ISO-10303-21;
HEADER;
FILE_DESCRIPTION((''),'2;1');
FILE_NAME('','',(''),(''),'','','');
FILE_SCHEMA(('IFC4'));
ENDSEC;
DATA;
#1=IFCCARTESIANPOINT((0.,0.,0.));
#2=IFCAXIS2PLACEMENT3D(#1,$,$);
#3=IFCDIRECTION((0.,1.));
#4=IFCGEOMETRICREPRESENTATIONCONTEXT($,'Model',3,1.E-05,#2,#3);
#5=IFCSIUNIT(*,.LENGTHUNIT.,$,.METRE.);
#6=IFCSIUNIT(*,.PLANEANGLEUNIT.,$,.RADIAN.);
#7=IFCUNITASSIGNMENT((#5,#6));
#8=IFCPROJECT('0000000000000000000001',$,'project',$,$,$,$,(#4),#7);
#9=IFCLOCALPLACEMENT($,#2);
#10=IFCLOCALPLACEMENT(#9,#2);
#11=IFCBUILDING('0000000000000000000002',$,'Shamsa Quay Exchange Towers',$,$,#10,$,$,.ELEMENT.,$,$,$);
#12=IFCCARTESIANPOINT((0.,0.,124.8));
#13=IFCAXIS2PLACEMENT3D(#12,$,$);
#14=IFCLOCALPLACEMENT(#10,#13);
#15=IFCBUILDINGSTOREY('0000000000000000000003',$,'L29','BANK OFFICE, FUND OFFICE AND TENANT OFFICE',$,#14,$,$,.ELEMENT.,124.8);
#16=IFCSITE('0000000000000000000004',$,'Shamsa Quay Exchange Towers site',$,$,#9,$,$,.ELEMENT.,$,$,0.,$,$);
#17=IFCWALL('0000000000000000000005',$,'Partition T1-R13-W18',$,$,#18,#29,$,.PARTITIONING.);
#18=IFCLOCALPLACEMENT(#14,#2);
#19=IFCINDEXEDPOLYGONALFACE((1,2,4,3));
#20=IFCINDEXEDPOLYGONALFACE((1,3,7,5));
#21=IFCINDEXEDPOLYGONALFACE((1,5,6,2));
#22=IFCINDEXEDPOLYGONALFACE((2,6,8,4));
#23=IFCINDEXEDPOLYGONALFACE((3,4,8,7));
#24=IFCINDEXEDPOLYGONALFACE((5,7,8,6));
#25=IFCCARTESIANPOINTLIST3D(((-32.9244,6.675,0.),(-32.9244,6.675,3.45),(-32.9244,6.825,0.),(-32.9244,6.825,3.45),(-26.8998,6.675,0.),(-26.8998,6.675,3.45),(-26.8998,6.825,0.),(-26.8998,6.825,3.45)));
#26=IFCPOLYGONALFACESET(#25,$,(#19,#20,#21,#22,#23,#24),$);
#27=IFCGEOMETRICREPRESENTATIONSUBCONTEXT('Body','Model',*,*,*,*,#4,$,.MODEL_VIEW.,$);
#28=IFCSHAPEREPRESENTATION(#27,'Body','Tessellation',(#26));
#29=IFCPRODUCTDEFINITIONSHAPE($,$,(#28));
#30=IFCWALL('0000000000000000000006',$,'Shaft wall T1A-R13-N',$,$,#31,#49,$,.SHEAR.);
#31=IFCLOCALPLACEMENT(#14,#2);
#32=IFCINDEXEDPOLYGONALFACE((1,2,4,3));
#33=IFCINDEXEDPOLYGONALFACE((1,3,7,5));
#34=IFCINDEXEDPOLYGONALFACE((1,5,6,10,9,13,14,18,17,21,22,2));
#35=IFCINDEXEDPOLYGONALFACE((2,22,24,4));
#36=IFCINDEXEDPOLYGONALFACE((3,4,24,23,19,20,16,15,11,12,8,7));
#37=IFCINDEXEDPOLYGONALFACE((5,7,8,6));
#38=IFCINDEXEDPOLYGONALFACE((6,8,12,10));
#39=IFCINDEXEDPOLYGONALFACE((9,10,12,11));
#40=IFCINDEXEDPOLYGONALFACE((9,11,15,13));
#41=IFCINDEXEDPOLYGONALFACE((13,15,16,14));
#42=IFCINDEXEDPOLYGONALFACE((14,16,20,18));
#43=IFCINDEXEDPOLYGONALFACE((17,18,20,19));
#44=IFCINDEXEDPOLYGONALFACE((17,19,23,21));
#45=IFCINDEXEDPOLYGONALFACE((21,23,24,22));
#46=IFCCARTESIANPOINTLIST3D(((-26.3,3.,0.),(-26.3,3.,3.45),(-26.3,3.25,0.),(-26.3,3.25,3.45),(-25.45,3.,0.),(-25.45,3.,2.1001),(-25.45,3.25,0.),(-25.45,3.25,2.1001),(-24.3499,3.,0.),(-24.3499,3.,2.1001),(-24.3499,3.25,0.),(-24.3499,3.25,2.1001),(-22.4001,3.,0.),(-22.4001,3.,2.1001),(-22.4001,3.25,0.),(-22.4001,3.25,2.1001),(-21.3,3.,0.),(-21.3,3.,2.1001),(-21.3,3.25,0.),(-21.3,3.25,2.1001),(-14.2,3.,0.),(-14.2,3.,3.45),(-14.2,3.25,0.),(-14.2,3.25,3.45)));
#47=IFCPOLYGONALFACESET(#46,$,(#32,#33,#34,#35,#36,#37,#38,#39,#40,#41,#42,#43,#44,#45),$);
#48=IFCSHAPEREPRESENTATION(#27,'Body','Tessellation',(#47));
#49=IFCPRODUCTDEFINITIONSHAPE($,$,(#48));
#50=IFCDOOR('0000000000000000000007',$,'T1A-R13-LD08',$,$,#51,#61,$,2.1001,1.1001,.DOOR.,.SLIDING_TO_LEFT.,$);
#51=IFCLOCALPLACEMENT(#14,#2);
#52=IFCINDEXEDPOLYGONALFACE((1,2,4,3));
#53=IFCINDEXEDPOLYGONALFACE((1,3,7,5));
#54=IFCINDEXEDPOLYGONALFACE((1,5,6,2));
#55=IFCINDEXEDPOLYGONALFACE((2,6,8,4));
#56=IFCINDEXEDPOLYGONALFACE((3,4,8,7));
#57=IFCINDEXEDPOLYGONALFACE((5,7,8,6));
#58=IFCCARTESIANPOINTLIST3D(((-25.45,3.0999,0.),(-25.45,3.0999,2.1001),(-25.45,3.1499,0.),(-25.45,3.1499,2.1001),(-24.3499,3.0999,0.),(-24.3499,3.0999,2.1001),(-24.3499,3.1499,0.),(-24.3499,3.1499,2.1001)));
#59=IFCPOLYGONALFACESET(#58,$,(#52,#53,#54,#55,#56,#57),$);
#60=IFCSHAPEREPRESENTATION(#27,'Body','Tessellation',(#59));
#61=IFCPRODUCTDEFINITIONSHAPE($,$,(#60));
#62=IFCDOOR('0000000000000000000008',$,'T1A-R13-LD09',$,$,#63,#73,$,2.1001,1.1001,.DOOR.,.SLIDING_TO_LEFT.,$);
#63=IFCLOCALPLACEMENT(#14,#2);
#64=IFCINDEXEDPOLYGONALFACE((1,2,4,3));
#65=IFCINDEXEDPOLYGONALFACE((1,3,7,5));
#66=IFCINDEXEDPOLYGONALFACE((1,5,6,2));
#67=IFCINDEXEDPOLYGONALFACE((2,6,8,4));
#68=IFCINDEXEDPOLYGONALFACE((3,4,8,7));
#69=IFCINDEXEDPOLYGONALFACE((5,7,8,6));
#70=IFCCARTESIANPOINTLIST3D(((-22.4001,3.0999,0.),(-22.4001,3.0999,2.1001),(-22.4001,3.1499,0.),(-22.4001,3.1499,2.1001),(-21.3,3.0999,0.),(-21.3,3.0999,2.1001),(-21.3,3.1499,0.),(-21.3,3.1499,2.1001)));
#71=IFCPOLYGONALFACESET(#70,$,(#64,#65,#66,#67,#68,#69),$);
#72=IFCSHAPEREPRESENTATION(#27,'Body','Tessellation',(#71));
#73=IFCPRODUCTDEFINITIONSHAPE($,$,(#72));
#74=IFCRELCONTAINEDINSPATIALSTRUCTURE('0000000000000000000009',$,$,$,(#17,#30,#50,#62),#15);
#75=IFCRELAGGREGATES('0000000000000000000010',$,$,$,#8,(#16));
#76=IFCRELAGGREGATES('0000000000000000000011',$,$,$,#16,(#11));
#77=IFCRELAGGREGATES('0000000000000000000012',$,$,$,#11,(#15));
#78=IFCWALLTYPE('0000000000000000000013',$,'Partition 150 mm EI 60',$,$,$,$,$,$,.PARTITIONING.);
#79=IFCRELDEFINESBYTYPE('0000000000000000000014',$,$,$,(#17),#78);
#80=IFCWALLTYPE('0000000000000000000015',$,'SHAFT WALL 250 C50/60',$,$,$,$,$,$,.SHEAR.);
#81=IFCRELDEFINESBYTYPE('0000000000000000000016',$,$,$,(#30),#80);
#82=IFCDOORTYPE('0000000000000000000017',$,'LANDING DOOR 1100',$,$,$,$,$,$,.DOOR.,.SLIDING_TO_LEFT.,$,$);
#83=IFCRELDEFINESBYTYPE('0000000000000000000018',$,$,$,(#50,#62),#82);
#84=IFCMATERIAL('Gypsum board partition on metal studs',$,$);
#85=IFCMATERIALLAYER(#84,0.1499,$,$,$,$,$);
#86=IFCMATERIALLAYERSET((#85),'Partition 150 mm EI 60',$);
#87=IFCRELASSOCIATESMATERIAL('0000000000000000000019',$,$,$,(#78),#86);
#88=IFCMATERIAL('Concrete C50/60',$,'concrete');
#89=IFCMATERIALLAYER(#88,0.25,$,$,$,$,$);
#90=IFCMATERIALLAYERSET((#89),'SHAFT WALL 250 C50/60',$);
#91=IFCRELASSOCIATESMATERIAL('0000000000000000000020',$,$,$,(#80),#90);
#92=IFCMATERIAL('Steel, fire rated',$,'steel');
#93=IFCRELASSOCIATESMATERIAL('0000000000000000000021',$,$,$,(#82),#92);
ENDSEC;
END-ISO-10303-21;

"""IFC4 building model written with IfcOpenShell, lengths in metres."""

from ifc_helpers import new_model, si_unit, direction, frame, frame_2d, origin, place, context, subcontext, project, spatial, rectangle, extrude, material, layer, layer_set, type_object, element, fill, save


model = new_model("IFC4")

# Units and contexts
model_context = context("Model", 3, precision=1e-05, world=origin(), true_north=direction((0.0, 1.0)))
body_context = subcontext(model_context, "Body", "Model", "MODEL_VIEW")
ifc_project = project(units=[si_unit("LENGTHUNIT", "METRE"), si_unit("PLANEANGLEUNIT", "RADIAN")], contexts=[model_context])

# Site, building, storey
site_placement = place(None, origin())
site = spatial("IfcSite", under=ifc_project, at=site_placement, Name="Shamsa Quay Exchange Towers site", CompositionType="ELEMENT", RefElevation=0.0)
building_placement = place(site_placement, origin())
building = spatial("IfcBuilding", under=site, at=building_placement, Name="Shamsa Quay Exchange Towers", CompositionType="ELEMENT")
storey_placement = place(building_placement, frame((0.0, 0.0, 124.8)))
storey = spatial("IfcBuildingStorey", under=building, at=storey_placement, Name="L29", Description="BANK OFFICE, FUND OFFICE AND TENANT OFFICE", CompositionType="ELEMENT", Elevation=124.8)

# Shared definitions
ifc_material_1 = material(Name="Steel, fire rated", Category="steel")

# Wall
ifc_material_2 = material(Name="Gypsum board partition on metal studs")
ifc_layer_1 = layer(ifc_material_2, 0.1499)
ifc_layer_set_1 = layer_set([ifc_layer_1], Name="Partition 150 mm EI 60")
wall_type_1 = type_object("IfcWallType", Name="Partition 150 mm EI 60", PredefinedType="PARTITIONING", material=ifc_layer_set_1)
wall_1_placement = place(storey_placement, frame((-26.8999, 6.75, 0.0), z_axis=(0.0, 0.0, 1.0), x_axis=(-1.0, 0.0, 0.0)))
element("IfcWall", 1, at=wall_1_placement, inside=storey, type_object=wall_type_1, Name="Partition T1-R13-W18", PredefinedType="PARTITIONING", context=body_context, shape_type="SweptSolid", body=[
    extrude(rectangle(XDim=6.0247, YDim=0.1499, at=frame_2d((3.0122, 0.0))), origin(), (0.0, 0.0, 1.0), 3.45),
])

# Wall, openings, doors
ifc_material_3 = material(Name="Concrete C50/60", Category="concrete")
ifc_layer_2 = layer(ifc_material_3, 0.25)
ifc_layer_set_2 = layer_set([ifc_layer_2], Name="SHAFT WALL 250 C50/60")
wall_type_2 = type_object("IfcWallType", Name="SHAFT WALL 250 C50/60", PredefinedType="SHEAR", material=ifc_layer_set_2)
wall_2_placement = place(storey_placement, frame((-26.3, 3.125, 0.0)))
wall_2 = element("IfcWall", 2, at=wall_2_placement, inside=storey, type_object=wall_type_2, Name="Shaft wall T1A-R13-N", PredefinedType="SHEAR", context=body_context, shape_type="SweptSolid", body=[
    extrude(rectangle(XDim=12.1001, YDim=0.25, at=frame_2d((6.05, 0.0))), origin(), (0.0, 0.0, 1.0), 3.45),
])
opening_1_placement = place(wall_2_placement, frame((0.8501, 0.0, 0.0)))
opening_1 = element("IfcOpeningElement", 3, at=opening_1_placement, cuts=wall_2, PredefinedType="OPENING", context=body_context, shape_type="SweptSolid", body=[
    extrude(rectangle(XDim=1.1001, YDim=2.1001, at=frame_2d((0.55, 1.05))), frame((0.0, 0.135, 0.0), z_axis=(0.0, -1.0, 0.0), x_axis=(1.0, 0.0, 0.0)), (0.0, 0.0, 1.0), 0.27),
])
opening_2_placement = place(wall_2_placement, frame((3.8999, 0.0, 0.0)))
opening_2 = element("IfcOpeningElement", 4, at=opening_2_placement, cuts=wall_2, PredefinedType="OPENING", context=body_context, shape_type="SweptSolid", body=[
    extrude(rectangle(XDim=1.1001, YDim=2.1001, at=frame_2d((0.55, 1.05))), frame((0.0, 0.135, 0.0), z_axis=(0.0, -1.0, 0.0), x_axis=(1.0, 0.0, 0.0)), (0.0, 0.0, 1.0), 0.27),
])
door_type_1 = type_object("IfcDoorType", Name="LANDING DOOR 1100", OperationType="SLIDING_TO_LEFT", PredefinedType="DOOR", material=ifc_material_1)
door_1_placement = place(opening_1_placement, origin())
door_1 = element("IfcDoor", 5, at=door_1_placement, inside=storey, type_object=door_type_1, Name="T1A-R13-LD08", OperationType="SLIDING_TO_LEFT", OverallHeight=2.1001, OverallWidth=1.1001, PredefinedType="DOOR", context=body_context, shape_type="SweptSolid", body=[
    extrude(rectangle(XDim=1.1001, YDim=2.1001, at=frame_2d((0.55, 1.05))), frame((0.0, 0.0249, 0.0), z_axis=(0.0, -1.0, 0.0), x_axis=(1.0, 0.0, 0.0)), (0.0, 0.0, 1.0), 0.05),
])
fill(opening_1, door_1)
door_2_placement = place(opening_2_placement, origin())
door_2 = element("IfcDoor", 6, at=door_2_placement, inside=storey, type_object=door_type_1, Name="T1A-R13-LD09", OperationType="SLIDING_TO_LEFT", OverallHeight=2.1001, OverallWidth=1.1001, PredefinedType="DOOR", context=body_context, shape_type="SweptSolid", body=[
    extrude(rectangle(XDim=1.1001, YDim=2.1001, at=frame_2d((0.55, 1.05))), frame((0.0, 0.0249, 0.0), z_axis=(0.0, -1.0, 0.0), x_axis=(1.0, 0.0, 0.0)), (0.0, 0.0, 1.0), 0.05),
])
fill(opening_2, door_2)

save(model, "model.ifc")
